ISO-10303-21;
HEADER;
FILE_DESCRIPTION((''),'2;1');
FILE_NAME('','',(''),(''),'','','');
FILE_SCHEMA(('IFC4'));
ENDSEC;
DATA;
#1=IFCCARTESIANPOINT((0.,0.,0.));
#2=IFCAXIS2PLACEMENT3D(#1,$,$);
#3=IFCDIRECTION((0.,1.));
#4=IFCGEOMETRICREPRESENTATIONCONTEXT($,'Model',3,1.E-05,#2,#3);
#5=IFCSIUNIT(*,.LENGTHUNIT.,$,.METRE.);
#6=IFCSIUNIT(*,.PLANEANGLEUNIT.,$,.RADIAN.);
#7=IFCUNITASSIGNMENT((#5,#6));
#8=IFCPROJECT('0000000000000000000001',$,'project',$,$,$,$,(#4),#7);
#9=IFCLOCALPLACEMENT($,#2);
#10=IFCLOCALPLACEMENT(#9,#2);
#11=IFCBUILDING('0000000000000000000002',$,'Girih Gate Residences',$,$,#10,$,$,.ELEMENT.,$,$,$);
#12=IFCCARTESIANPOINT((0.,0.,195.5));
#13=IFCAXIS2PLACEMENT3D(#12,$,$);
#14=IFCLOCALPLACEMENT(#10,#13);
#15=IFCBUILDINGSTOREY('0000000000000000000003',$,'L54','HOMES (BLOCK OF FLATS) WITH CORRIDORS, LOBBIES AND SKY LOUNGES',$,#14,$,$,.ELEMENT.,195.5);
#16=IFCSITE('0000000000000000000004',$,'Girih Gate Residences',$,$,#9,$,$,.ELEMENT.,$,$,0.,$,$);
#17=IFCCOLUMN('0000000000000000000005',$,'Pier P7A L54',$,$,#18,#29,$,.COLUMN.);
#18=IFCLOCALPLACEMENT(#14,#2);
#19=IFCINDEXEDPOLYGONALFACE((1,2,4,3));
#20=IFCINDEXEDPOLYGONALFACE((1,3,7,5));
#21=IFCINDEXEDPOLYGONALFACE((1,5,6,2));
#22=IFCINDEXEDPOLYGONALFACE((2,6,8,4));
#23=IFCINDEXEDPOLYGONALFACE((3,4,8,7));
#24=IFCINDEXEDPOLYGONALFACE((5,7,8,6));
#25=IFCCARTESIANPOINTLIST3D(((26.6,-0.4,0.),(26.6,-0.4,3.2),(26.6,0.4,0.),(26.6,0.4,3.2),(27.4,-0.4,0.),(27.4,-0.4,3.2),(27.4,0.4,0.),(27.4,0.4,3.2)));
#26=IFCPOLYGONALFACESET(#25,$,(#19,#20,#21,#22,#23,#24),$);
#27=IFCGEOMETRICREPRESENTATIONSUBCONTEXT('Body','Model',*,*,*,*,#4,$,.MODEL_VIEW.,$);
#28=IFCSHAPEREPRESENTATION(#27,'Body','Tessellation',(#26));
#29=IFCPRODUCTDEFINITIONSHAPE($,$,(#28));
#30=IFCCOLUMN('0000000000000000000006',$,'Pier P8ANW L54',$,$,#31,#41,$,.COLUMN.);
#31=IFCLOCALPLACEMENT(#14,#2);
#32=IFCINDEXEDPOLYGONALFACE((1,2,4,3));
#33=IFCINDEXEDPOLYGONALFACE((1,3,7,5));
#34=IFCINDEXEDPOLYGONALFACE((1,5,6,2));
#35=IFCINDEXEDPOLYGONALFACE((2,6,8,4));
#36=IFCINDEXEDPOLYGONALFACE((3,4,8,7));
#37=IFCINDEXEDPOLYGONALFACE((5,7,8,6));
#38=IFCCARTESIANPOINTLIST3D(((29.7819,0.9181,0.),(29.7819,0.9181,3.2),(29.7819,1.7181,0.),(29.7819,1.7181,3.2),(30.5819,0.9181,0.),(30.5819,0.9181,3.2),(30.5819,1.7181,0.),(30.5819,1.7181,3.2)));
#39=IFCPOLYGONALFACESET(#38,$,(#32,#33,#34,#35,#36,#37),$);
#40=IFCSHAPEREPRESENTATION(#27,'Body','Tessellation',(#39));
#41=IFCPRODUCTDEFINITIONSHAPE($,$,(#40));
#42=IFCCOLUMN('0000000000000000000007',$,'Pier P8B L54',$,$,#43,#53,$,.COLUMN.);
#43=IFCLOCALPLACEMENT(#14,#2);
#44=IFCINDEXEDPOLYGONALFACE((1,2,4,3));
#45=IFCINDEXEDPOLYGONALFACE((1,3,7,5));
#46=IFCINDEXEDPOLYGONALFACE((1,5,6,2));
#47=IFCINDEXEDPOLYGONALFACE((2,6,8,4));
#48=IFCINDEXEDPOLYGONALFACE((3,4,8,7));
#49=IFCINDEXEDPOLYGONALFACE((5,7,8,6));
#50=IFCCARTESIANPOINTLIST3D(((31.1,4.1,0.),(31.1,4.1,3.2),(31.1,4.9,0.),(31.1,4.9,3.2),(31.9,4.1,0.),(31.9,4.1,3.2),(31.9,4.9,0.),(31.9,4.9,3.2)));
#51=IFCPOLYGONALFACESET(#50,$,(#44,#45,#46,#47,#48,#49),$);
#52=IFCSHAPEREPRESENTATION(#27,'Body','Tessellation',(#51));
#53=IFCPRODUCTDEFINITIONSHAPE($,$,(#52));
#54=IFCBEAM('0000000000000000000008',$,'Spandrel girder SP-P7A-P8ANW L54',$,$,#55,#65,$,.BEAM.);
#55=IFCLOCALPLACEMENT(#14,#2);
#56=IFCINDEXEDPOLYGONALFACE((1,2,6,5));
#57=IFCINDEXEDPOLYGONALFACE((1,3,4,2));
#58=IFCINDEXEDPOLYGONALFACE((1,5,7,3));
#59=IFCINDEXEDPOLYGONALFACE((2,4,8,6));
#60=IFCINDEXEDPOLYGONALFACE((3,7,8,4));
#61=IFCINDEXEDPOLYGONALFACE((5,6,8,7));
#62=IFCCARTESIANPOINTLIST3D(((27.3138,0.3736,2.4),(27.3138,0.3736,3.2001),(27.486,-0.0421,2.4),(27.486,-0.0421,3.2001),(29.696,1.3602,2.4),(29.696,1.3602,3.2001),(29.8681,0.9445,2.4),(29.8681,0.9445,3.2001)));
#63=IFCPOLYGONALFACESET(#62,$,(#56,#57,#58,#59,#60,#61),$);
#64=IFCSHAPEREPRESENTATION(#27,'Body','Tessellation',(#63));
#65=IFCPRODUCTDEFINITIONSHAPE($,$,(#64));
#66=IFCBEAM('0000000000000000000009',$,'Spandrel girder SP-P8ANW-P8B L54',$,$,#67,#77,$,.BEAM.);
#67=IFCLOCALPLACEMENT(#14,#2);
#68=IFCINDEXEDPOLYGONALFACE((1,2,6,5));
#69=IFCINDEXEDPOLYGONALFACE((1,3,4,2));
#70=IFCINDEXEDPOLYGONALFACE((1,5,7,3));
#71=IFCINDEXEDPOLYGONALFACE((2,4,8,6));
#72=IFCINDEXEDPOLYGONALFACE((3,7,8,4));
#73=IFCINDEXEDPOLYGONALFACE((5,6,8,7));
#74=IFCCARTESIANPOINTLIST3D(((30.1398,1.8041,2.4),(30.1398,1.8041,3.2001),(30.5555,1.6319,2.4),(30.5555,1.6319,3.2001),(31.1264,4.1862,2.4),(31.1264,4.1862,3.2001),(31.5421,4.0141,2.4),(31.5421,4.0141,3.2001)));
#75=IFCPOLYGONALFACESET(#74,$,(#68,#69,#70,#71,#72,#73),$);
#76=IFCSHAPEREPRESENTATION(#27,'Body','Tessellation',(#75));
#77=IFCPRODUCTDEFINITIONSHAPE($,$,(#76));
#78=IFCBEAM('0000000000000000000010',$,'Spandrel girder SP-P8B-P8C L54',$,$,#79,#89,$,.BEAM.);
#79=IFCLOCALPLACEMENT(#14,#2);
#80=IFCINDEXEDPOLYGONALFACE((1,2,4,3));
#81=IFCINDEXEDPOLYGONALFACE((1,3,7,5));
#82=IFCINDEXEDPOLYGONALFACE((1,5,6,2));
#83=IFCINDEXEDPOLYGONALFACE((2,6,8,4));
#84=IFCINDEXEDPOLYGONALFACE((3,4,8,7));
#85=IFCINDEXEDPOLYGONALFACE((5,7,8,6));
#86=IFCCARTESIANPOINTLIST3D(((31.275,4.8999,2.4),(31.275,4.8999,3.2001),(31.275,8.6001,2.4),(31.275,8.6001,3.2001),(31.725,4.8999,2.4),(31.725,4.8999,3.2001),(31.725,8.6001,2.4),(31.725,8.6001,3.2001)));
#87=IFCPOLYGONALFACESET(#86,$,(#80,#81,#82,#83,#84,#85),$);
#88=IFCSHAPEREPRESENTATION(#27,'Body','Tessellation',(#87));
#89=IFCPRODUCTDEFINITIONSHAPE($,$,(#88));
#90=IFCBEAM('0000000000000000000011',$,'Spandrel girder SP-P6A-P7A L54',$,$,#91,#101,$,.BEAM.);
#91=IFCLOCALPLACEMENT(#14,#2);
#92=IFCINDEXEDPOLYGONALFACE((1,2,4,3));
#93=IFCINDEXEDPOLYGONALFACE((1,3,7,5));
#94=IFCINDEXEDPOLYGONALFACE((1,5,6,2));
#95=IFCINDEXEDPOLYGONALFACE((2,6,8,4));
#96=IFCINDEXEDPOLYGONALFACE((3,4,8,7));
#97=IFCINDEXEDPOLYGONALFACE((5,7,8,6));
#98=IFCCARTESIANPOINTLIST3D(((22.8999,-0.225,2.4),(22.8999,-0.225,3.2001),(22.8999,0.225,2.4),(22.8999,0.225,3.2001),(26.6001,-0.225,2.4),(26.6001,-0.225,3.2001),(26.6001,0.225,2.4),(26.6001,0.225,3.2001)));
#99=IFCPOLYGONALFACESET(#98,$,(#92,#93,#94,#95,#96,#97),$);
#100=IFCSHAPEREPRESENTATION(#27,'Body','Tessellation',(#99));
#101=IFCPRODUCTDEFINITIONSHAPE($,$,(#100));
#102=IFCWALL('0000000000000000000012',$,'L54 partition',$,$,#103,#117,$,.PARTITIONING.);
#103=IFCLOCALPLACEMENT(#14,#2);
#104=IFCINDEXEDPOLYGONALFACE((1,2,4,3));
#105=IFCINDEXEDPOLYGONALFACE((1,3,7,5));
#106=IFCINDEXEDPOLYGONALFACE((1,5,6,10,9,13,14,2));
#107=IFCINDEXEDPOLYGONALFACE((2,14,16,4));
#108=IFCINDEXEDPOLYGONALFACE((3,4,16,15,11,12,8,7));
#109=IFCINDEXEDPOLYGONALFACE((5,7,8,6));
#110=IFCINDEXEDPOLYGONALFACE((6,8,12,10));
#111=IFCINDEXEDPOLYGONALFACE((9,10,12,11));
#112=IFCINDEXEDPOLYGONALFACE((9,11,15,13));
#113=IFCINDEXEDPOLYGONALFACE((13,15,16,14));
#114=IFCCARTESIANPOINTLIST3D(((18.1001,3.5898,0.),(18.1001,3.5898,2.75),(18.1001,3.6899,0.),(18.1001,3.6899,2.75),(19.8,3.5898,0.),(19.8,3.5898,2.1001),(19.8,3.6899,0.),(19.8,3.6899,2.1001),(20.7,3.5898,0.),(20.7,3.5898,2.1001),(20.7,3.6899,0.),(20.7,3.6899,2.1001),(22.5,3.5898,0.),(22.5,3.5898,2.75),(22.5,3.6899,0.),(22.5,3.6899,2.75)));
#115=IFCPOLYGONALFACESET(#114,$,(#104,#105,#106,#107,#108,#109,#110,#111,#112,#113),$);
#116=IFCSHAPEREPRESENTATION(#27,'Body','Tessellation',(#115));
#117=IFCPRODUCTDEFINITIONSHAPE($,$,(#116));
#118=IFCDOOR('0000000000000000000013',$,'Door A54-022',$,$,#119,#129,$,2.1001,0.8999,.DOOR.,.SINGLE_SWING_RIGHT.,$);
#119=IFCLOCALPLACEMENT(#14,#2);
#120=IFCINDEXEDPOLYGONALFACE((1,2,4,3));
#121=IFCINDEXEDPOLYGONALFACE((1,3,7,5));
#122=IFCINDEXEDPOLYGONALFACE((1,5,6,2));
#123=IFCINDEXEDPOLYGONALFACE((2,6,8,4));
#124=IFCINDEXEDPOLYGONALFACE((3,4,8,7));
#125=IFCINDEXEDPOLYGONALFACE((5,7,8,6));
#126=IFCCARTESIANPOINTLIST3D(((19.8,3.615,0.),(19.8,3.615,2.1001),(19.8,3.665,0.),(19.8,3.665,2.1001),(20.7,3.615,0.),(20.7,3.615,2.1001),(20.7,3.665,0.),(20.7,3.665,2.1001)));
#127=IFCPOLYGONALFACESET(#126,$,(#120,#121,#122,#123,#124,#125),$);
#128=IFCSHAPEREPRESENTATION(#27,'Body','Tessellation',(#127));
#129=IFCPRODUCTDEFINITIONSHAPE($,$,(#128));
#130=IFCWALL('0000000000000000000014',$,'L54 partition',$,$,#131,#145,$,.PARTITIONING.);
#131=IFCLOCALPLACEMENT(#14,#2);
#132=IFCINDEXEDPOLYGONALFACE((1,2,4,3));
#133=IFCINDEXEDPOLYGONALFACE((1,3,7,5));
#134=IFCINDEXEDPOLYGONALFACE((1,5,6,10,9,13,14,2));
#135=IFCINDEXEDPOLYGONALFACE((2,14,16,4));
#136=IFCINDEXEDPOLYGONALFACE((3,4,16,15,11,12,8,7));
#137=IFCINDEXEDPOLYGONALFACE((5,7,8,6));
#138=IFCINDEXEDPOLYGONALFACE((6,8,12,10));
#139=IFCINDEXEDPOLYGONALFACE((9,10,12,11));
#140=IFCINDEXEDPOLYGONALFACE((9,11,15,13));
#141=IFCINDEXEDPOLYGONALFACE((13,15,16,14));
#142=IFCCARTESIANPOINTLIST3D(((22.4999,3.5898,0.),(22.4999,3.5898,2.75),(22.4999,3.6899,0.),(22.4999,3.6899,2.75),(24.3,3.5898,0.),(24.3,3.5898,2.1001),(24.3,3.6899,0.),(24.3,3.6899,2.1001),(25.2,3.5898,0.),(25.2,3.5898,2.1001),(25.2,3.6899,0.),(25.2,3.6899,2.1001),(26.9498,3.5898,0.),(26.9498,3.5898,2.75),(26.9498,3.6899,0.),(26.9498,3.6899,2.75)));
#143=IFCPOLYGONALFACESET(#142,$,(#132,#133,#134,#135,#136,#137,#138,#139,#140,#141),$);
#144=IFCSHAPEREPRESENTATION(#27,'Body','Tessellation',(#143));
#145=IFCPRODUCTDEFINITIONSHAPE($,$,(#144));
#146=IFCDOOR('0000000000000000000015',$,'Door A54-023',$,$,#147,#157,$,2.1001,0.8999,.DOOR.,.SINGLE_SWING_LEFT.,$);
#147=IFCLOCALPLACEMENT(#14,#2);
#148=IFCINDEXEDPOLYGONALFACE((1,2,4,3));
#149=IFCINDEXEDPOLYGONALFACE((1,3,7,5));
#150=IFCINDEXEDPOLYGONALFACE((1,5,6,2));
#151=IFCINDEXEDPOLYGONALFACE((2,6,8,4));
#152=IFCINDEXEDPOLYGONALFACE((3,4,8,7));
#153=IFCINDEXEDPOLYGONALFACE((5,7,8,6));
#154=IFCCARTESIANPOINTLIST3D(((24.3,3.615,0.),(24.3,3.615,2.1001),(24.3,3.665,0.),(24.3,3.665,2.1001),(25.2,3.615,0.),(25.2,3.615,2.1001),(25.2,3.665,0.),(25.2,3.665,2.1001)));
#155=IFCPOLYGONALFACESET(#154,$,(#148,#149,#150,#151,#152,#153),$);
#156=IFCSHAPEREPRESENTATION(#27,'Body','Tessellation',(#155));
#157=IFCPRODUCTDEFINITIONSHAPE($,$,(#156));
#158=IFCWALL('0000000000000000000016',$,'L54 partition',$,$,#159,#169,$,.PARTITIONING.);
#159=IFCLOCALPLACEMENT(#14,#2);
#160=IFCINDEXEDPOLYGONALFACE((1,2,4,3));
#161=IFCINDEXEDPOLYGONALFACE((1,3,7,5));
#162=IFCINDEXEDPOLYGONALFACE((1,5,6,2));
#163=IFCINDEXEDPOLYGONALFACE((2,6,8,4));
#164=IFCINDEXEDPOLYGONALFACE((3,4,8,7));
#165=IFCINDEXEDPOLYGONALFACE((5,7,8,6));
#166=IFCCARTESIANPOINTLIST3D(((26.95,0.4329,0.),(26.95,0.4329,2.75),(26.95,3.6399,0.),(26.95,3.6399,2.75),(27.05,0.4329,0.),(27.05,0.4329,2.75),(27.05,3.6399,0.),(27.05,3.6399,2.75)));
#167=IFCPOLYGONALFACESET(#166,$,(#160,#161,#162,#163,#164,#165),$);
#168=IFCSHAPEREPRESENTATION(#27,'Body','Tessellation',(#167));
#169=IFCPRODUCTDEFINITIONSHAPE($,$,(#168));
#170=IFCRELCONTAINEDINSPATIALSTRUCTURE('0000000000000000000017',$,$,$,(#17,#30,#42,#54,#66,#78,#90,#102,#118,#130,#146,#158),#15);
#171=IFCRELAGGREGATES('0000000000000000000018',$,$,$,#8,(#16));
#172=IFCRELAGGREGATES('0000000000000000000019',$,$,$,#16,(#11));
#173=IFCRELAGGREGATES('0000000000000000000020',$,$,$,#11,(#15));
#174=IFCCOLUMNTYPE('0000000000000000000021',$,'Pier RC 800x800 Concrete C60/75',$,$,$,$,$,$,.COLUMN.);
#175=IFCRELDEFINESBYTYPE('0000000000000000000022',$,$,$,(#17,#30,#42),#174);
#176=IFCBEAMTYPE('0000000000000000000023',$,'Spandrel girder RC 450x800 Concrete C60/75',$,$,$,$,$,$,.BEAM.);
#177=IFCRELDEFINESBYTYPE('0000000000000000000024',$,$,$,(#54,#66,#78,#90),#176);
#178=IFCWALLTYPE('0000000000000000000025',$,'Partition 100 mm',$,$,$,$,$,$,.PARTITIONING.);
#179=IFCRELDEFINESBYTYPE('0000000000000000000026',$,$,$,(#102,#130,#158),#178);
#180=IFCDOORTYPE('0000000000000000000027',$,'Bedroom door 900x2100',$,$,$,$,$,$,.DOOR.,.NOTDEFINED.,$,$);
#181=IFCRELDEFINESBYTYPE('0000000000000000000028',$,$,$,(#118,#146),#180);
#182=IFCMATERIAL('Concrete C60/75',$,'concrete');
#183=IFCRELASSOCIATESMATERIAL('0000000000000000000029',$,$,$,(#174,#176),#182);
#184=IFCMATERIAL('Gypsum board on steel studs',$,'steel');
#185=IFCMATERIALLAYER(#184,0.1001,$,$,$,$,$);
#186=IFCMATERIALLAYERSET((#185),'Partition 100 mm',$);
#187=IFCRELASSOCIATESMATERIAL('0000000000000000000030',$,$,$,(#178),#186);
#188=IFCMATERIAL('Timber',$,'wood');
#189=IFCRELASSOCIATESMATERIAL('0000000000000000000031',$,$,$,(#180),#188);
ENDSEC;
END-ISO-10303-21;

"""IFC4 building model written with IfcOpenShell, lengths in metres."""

from ifc_helpers import new_model, si_unit, direction, frame, frame_2d, origin, origin_2d, place, context, subcontext, project, spatial, rectangle, extrude, material, layer, layer_set, material_profile, profile_set, type_object, element, fill, save


model = new_model("IFC4")

# Units and contexts
model_context = context("Model", 3, precision=1e-05, world=origin(), true_north=direction((0.0, 1.0)))
body_context = subcontext(model_context, "Body", "Model", "MODEL_VIEW")
ifc_project = project(units=[si_unit("LENGTHUNIT", "METRE"), si_unit("PLANEANGLEUNIT", "RADIAN")], contexts=[model_context])

# Site, building, storey
site_placement = place(None, origin())
site = spatial("IfcSite", under=ifc_project, at=site_placement, Name="Girih Gate Residences", CompositionType="ELEMENT", RefElevation=0.0)
building_placement = place(site_placement, origin())
building = spatial("IfcBuilding", under=site, at=building_placement, Name="Girih Gate Residences", CompositionType="ELEMENT")
storey_placement = place(building_placement, frame((0.0, 0.0, 195.5)))
storey = spatial("IfcBuildingStorey", under=building, at=storey_placement, Name="L54", Description="HOMES (BLOCK OF FLATS) WITH CORRIDORS, LOBBIES AND SKY LOUNGES", CompositionType="ELEMENT", Elevation=195.5)

# Columns
ifc_material_1 = material(Name="Concrete C60/75", Category="concrete")
ifc_material_profile_1 = material_profile(ifc_material_1, rectangle(XDim=0.8, YDim=0.8, at=origin_2d()))
ifc_profile_set_1 = profile_set([ifc_material_profile_1], Name="Concrete C60/75")
column_type = type_object("IfcColumnType", Name="Pier RC 800x800 Concrete C60/75", PredefinedType="COLUMN", material=ifc_profile_set_1)
for number, where, z_axis, x_axis, name in (
    (1, (27.0, 0.0, 0.0), (0.0, 0.0, 1.0), (1.0, 0.0, 0.0), "Pier P7A L54"),
    (2, (30.1819, 1.3181, 0.0), (0.0, 0.0, 1.0), (1.0, 0.0, 0.0), "Pier P8ANW L54"),
    (3, (31.5, 4.5, 0.0), (0.0, 0.0, 1.0), (1.0, 0.0, 0.0), "Pier P8B L54"),
):
    element("IfcColumn", number, at=place(storey_placement, frame(where, z_axis=z_axis, x_axis=x_axis)), inside=storey, type_object=column_type, Name=name, PredefinedType="COLUMN", context=body_context, shape_type="SweptSolid", body=[
        extrude(rectangle(XDim=0.8, YDim=0.8, at=origin_2d()), origin(), (0.0, 0.0, 1.0), 3.2),
    ])

# Beams
ifc_material_profile_2 = material_profile(ifc_material_1, rectangle(XDim=0.45, YDim=0.8, at=origin_2d()))
ifc_profile_set_2 = profile_set([ifc_material_profile_2], Name="Concrete C60/75")
beam_type = type_object("IfcBeamType", Name="Spandrel girder RC 450x800 Concrete C60/75", PredefinedType="BEAM", material=ifc_profile_set_2)
for number, where, z_axis, x_axis, name in (
    (4, (27.3999, 0.1658, 2.8), (0.923896, 0.382644, 0.0), (-0.382644, 0.923896, 0.0), "Spandrel girder SP-P7A-P8ANW L54"),
    (5, (30.3477, 1.718, 2.8), (0.382644, 0.923896, 0.0), (-0.923896, 0.382644, 0.0), "Spandrel girder SP-P8ANW-P8B L54"),
):
    element("IfcBeam", number, at=place(storey_placement, frame(where, z_axis=z_axis, x_axis=x_axis)), inside=storey, type_object=beam_type, Name=name, PredefinedType="BEAM", context=body_context, shape_type="SweptSolid", body=[
        extrude(rectangle(XDim=0.45, YDim=0.8, at=origin_2d()), origin(), (0.0, 0.0, 1.0), 2.5784),
    ])
for number, where, z_axis, x_axis, name in (
    (6, (31.5, 4.8999, 2.8), (0.0, 1.0, 0.0), (-1.0, 0.0, 0.0), "Spandrel girder SP-P8B-P8C L54"),
    (7, (22.8999, 0.0, 2.8), (1.0, 0.0, 0.0), (0.0, 1.0, 0.0), "Spandrel girder SP-P6A-P7A L54"),
):
    element("IfcBeam", number, at=place(storey_placement, frame(where, z_axis=z_axis, x_axis=x_axis)), inside=storey, type_object=beam_type, Name=name, PredefinedType="BEAM", context=body_context, shape_type="SweptSolid", body=[
        extrude(rectangle(XDim=0.45, YDim=0.8, at=origin_2d()), origin(), (0.0, 0.0, 1.0), 3.7002),
    ])

# Walls, openings, doors
ifc_material_2 = material(Name="Gypsum board on steel studs", Category="steel")
ifc_layer_1 = layer(ifc_material_2, 0.1001)
ifc_layer_set_1 = layer_set([ifc_layer_1], Name="Partition 100 mm")
wall_type_1 = type_object("IfcWallType", Name="Partition 100 mm", PredefinedType="PARTITIONING", material=ifc_layer_set_1)
wall_1_placement = place(storey_placement, frame((22.5, 3.6399, 0.0), z_axis=(0.0, 0.0, 1.0), x_axis=(-1.0, 0.0, 0.0)))
wall_1 = element("IfcWall", 8, at=wall_1_placement, inside=storey, type_object=wall_type_1, Name="L54 partition", PredefinedType="PARTITIONING", context=body_context, shape_type="SweptSolid", body=[
    extrude(rectangle(XDim=4.3999, YDim=0.1001, at=frame_2d((2.2, 0.0))), origin(), (0.0, 0.0, 1.0), 2.75),
])
opening_1_placement = place(wall_1_placement, frame((1.8, 0.0, 0.0)))
opening_1 = element("IfcOpeningElement", 9, at=opening_1_placement, cuts=wall_1, PredefinedType="OPENING", context=body_context, shape_type="SweptSolid", body=[
    extrude(rectangle(XDim=0.8999, YDim=2.1001, at=frame_2d((0.45, 1.05))), frame((0.0, 0.0601, 0.0), z_axis=(0.0, -1.0, 0.0), x_axis=(1.0, 0.0, 0.0)), (0.0, 0.0, 1.0), 0.1201),
])
ifc_material_3 = material(Name="Timber", Category="wood")
door_type_1 = type_object("IfcDoorType", Name="Bedroom door 900x2100", OperationType="NOTDEFINED", PredefinedType="DOOR", material=ifc_material_3)
door_1_placement = place(opening_1_placement, origin())
door_1 = element("IfcDoor", 10, at=door_1_placement, inside=storey, type_object=door_type_1, Name="Door A54-022", OperationType="SINGLE_SWING_RIGHT", OverallHeight=2.1001, OverallWidth=0.8999, PredefinedType="DOOR", context=body_context, shape_type="SweptSolid", body=[
    extrude(rectangle(XDim=0.8999, YDim=2.1001, at=frame_2d((0.45, 1.05))), frame((0.0, 0.0249, 0.0), z_axis=(0.0, -1.0, 0.0), x_axis=(1.0, 0.0, 0.0)), (0.0, 0.0, 1.0), 0.05),
])
fill(opening_1, door_1)
wall_2_placement = place(storey_placement, frame((26.95, 3.6399, 0.0), z_axis=(0.0, 0.0, 1.0), x_axis=(-1.0, 0.0, 0.0)))
wall_2 = element("IfcWall", 11, at=wall_2_placement, inside=storey, type_object=wall_type_1, Name="L54 partition", PredefinedType="PARTITIONING", context=body_context, shape_type="SweptSolid", body=[
    extrude(rectangle(XDim=4.45, YDim=0.1001, at=frame_2d((2.2251, 0.0))), origin(), (0.0, 0.0, 1.0), 2.75),
])
opening_2_placement = place(wall_2_placement, frame((1.75, 0.0, 0.0)))
opening_2 = element("IfcOpeningElement", 12, at=opening_2_placement, cuts=wall_2, PredefinedType="OPENING", context=body_context, shape_type="SweptSolid", body=[
    extrude(rectangle(XDim=0.8999, YDim=2.1001, at=frame_2d((0.45, 1.05))), frame((0.0, 0.0601, 0.0), z_axis=(0.0, -1.0, 0.0), x_axis=(1.0, 0.0, 0.0)), (0.0, 0.0, 1.0), 0.1201),
])
door_2_placement = place(opening_2_placement, origin())
door_2 = element("IfcDoor", 13, at=door_2_placement, inside=storey, type_object=door_type_1, Name="Door A54-023", OperationType="SINGLE_SWING_LEFT", OverallHeight=2.1001, OverallWidth=0.8999, PredefinedType="DOOR", context=body_context, shape_type="SweptSolid", body=[
    extrude(rectangle(XDim=0.8999, YDim=2.1001, at=frame_2d((0.45, 1.05))), frame((0.0, 0.0249, 0.0), z_axis=(0.0, -1.0, 0.0), x_axis=(1.0, 0.0, 0.0)), (0.0, 0.0, 1.0), 0.05),
])
fill(opening_2, door_2)

# Wall
wall_3_placement = place(storey_placement, frame((27.0, 0.4329, 0.0), z_axis=(0.0, 0.0, 1.0), x_axis=(0.0, 1.0, 0.0)))
element("IfcWall", 14, at=wall_3_placement, inside=storey, type_object=wall_type_1, Name="L54 partition", PredefinedType="PARTITIONING", context=body_context, shape_type="SweptSolid", body=[
    extrude(rectangle(XDim=3.207, YDim=0.1001, at=frame_2d((1.6035, 0.0))), origin(), (0.0, 0.0, 1.0), 2.75),
])

save(model, "model.ifc")
